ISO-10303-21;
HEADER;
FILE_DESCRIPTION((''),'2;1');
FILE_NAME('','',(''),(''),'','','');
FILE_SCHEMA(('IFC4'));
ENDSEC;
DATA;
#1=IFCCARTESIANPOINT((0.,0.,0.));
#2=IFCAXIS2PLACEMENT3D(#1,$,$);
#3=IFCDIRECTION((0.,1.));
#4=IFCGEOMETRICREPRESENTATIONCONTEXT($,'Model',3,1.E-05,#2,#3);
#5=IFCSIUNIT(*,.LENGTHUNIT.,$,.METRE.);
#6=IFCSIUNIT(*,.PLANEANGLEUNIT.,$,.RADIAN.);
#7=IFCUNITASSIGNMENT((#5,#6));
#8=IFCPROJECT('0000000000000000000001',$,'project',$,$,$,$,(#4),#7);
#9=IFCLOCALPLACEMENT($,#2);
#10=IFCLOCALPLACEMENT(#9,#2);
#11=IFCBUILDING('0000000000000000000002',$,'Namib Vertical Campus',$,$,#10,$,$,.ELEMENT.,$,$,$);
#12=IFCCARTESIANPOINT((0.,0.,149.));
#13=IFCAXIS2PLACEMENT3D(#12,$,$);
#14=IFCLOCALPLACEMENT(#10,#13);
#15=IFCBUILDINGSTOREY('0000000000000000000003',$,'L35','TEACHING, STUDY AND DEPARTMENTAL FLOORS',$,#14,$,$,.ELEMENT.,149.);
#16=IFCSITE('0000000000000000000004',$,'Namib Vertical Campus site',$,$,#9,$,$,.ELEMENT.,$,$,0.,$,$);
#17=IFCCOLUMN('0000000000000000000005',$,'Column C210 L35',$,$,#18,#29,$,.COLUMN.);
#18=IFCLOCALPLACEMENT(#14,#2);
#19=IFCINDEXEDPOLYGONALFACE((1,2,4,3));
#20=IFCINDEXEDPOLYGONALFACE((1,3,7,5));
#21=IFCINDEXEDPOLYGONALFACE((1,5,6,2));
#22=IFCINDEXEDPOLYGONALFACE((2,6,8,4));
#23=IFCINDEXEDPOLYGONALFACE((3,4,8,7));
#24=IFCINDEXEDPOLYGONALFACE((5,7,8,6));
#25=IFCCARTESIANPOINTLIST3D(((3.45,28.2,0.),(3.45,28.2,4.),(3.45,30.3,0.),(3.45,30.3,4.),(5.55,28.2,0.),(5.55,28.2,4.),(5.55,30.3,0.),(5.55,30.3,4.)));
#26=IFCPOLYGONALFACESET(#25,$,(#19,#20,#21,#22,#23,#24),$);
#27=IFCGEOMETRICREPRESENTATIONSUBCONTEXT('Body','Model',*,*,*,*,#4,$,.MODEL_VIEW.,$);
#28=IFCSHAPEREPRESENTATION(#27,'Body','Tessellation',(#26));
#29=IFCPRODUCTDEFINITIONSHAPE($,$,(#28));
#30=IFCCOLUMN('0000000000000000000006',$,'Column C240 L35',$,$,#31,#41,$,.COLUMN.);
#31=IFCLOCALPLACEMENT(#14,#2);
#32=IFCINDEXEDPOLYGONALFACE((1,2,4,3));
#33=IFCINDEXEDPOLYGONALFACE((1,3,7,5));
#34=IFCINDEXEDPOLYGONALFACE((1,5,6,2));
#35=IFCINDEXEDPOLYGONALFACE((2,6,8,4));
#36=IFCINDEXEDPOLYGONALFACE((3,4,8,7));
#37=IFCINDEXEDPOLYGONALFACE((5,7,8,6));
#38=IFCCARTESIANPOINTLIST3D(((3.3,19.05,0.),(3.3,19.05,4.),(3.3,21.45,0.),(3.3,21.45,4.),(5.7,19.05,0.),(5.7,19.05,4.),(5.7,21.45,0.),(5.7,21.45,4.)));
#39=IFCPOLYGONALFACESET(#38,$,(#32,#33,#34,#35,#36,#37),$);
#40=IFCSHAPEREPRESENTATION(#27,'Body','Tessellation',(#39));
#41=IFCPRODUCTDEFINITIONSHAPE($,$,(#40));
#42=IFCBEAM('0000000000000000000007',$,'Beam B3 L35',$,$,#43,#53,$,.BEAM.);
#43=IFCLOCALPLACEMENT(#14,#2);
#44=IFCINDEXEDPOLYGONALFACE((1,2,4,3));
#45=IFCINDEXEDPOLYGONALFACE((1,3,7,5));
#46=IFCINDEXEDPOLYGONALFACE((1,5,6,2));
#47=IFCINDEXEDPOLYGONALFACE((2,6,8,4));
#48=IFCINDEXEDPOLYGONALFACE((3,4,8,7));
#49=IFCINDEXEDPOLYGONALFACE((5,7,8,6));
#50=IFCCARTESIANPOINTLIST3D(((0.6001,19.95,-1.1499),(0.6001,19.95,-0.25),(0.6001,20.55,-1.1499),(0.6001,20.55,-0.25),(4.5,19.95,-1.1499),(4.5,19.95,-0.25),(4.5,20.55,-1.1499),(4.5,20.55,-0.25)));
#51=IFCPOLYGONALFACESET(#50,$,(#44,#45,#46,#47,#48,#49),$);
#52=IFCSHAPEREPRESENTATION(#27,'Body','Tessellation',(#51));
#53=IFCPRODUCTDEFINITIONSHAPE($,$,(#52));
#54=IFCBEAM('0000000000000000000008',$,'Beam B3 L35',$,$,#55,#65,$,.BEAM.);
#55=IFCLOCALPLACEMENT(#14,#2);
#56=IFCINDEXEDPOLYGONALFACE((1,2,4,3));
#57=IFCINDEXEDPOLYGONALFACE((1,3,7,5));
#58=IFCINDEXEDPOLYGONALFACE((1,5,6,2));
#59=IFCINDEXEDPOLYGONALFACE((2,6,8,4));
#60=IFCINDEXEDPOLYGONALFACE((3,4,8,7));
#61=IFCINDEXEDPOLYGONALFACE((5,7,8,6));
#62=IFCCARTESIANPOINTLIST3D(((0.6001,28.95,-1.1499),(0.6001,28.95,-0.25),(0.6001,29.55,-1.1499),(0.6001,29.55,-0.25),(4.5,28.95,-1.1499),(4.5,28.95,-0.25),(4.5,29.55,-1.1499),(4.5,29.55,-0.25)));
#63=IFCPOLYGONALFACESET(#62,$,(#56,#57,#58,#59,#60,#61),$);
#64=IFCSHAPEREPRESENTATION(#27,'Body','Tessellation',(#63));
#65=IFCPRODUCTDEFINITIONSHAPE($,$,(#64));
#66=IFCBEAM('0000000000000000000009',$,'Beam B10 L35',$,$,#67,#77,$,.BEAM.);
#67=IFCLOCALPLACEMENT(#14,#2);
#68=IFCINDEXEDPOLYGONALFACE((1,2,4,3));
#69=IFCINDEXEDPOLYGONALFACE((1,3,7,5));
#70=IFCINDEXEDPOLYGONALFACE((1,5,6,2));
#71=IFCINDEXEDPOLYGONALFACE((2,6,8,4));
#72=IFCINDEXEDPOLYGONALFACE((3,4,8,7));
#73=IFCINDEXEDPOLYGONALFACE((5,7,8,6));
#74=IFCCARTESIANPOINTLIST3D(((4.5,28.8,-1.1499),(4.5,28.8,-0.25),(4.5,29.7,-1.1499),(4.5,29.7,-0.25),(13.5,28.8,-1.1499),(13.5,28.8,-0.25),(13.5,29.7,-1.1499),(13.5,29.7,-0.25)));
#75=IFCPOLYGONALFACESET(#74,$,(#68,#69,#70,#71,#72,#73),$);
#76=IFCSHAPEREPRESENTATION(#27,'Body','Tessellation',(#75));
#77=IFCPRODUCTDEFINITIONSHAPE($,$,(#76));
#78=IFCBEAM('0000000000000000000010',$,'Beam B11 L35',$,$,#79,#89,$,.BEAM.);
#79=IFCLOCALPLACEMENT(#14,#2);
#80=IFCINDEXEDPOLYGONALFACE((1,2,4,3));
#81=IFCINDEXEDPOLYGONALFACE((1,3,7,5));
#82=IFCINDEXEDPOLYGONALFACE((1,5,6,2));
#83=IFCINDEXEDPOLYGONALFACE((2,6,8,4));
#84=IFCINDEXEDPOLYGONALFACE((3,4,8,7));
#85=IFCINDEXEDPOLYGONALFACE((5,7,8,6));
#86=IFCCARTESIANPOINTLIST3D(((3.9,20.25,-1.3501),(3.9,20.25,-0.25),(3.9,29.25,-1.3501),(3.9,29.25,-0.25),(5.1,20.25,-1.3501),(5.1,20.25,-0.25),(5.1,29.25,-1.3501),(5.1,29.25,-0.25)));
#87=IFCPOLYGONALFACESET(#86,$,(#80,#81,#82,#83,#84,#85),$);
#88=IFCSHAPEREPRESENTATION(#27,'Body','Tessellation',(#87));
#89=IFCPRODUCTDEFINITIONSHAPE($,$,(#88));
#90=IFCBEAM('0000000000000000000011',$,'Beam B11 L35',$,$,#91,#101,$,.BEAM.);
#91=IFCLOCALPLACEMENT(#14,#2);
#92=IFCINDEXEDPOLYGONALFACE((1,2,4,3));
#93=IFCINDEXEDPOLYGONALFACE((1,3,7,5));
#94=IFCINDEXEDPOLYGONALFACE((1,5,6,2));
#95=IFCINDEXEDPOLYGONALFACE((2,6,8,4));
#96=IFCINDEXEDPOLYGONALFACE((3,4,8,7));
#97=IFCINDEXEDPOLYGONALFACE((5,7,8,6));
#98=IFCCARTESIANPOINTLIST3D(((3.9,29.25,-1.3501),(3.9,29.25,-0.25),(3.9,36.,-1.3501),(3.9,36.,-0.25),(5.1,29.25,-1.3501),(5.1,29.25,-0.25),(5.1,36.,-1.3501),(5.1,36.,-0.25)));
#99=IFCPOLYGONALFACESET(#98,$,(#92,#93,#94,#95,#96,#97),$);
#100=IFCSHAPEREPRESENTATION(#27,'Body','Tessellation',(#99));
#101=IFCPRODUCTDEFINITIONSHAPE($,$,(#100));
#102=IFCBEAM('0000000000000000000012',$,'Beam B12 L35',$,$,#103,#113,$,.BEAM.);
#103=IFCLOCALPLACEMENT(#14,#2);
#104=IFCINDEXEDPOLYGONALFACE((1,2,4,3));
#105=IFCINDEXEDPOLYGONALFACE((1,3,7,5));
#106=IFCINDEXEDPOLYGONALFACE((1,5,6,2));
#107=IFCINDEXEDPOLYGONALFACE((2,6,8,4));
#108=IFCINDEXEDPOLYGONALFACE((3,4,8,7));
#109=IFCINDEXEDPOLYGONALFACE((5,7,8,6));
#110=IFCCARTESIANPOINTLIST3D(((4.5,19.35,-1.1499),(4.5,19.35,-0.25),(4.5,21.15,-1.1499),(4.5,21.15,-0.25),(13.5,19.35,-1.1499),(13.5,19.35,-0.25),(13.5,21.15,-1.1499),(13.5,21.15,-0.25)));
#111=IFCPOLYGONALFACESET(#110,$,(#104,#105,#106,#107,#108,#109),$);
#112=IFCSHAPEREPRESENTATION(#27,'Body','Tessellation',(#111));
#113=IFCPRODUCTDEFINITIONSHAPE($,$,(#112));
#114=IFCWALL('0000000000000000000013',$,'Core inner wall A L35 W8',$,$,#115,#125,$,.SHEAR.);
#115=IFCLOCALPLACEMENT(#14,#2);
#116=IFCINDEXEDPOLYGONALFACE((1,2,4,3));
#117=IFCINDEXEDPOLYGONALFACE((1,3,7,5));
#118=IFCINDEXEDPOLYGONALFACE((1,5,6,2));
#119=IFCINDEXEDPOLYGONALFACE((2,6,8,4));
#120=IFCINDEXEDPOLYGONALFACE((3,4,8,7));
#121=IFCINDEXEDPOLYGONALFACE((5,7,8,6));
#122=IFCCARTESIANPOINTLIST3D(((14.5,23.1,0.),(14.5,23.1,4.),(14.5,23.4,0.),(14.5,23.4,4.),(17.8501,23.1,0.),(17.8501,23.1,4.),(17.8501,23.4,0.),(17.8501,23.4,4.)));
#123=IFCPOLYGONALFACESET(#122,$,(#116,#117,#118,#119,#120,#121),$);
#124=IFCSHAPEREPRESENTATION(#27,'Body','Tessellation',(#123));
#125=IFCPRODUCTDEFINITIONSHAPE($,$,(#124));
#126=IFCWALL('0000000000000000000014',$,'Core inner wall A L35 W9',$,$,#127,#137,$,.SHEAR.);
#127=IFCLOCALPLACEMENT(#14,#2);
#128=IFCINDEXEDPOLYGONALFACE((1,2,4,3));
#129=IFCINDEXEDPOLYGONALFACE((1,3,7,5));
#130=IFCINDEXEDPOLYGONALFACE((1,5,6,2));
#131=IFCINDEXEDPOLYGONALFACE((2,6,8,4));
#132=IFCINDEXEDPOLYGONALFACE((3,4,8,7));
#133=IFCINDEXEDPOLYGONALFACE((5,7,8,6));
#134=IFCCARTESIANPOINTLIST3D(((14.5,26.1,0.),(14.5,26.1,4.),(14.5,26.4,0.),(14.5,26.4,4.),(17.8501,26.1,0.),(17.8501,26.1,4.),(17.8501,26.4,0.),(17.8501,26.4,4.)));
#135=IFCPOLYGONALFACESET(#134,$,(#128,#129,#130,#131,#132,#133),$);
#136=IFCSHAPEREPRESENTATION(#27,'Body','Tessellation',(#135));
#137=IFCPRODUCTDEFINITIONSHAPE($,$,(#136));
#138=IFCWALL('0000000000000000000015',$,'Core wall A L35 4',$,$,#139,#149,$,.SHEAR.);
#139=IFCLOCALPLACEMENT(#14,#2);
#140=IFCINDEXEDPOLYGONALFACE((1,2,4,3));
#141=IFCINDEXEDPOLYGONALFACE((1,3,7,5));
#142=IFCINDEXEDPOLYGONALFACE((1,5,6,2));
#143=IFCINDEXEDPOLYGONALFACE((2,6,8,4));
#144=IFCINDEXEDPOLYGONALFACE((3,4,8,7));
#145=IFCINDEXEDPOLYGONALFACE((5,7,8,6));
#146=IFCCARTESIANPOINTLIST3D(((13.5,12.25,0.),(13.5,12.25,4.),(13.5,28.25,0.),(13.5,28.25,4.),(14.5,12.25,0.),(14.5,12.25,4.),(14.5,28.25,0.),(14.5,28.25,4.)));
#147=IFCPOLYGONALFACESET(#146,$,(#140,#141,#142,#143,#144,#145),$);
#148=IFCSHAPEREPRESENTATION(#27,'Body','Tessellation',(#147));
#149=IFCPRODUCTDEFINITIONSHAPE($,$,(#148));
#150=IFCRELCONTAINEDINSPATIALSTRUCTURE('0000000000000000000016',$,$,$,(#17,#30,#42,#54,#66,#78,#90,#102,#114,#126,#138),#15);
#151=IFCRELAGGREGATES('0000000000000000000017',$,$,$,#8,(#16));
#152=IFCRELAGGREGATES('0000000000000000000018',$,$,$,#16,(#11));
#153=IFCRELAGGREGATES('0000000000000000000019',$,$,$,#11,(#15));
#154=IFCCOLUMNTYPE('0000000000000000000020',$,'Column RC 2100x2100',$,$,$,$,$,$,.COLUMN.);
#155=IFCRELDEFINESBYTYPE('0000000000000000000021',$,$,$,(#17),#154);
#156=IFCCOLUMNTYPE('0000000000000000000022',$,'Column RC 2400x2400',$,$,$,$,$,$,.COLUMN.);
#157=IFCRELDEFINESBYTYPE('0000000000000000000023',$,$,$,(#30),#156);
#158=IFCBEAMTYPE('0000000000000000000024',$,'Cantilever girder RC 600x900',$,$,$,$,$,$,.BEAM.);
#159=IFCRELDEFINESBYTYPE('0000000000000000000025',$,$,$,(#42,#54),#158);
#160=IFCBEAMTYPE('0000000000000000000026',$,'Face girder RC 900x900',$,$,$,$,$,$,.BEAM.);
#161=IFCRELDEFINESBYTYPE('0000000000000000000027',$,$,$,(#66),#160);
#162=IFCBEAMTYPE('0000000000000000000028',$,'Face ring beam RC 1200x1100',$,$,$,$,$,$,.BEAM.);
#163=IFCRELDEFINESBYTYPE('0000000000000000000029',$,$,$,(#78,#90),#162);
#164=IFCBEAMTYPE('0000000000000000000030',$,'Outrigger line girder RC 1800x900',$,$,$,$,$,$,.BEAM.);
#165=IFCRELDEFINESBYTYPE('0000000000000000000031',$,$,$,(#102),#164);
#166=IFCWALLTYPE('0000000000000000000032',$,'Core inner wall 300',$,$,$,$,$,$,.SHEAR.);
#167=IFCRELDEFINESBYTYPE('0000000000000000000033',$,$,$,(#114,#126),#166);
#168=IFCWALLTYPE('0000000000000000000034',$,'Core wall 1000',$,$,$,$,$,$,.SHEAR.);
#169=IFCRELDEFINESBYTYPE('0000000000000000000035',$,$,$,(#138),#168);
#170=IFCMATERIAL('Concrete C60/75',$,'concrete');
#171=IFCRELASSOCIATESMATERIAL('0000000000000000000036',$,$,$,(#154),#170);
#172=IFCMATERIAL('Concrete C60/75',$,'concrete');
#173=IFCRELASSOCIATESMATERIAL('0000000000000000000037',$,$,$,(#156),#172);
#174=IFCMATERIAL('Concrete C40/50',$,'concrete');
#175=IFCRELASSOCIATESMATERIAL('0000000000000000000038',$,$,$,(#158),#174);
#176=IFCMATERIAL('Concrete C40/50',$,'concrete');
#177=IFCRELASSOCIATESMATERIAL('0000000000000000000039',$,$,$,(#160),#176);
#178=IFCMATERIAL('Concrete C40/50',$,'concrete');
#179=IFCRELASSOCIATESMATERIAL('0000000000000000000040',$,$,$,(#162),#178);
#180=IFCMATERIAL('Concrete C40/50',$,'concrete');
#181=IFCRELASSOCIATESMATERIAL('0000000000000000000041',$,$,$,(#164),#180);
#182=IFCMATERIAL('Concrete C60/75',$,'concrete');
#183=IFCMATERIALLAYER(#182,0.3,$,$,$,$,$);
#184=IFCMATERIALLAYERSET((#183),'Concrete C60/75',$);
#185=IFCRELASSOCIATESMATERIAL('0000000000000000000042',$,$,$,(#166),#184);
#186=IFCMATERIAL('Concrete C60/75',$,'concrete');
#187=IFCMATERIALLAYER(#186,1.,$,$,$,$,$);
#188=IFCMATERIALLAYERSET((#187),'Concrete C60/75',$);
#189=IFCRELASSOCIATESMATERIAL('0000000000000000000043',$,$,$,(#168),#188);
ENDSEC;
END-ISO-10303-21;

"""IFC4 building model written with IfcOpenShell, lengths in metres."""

from ifc_helpers import new_model, si_unit, direction, frame, frame_2d, origin, origin_2d, place, context, subcontext, project, spatial, rectangle, extrude, material, layer, layer_set, material_profile, profile_set, type_object, element, save


model = new_model("IFC4")

# Units and contexts
model_context = context("Model", 3, precision=1e-05, world=origin(), true_north=direction((0.0, 1.0)))
body_context = subcontext(model_context, "Body", "Model", "MODEL_VIEW")
ifc_project = project(units=[si_unit("LENGTHUNIT", "METRE"), si_unit("PLANEANGLEUNIT", "RADIAN")], contexts=[model_context])

# Site, building, storey
site_placement = place(None, origin())
site = spatial("IfcSite", under=ifc_project, at=site_placement, Name="Namib Vertical Campus site", CompositionType="ELEMENT", RefElevation=0.0)
building_placement = place(site_placement, origin())
building = spatial("IfcBuilding", under=site, at=building_placement, Name="Namib Vertical Campus", CompositionType="ELEMENT")
storey_placement = place(building_placement, frame((0.0, 0.0, 149.0)))
storey = spatial("IfcBuildingStorey", under=building, at=storey_placement, Name="L35", Description="TEACHING, STUDY AND DEPARTMENTAL FLOORS", CompositionType="ELEMENT", Elevation=149.0)

# Columns
ifc_material_1 = material(Name="Concrete C60/75", Category="concrete")
ifc_material_profile_1 = material_profile(ifc_material_1, rectangle(XDim=2.1001, YDim=2.1001, at=origin_2d()))
ifc_profile_set_1 = profile_set([ifc_material_profile_1], Name="Concrete C60/75")
column_type_1 = type_object("IfcColumnType", Name="Column RC 2100x2100", PredefinedType="COLUMN", material=ifc_profile_set_1)
column_1_placement = place(storey_placement, frame((4.5, 29.25, 0.0), z_axis=(0.0, 0.0, 1.0), x_axis=(1.0, 0.0, 0.0)))
element("IfcColumn", 1, at=column_1_placement, inside=storey, type_object=column_type_1, Name="Column C210 L35", PredefinedType="COLUMN", context=body_context, shape_type="SweptSolid", body=[
    extrude(rectangle(XDim=2.1001, YDim=2.1001, at=origin_2d()), origin(), (0.0, 0.0, 1.0), 4.0),
])
ifc_material_2 = material(Name="Concrete C60/75", Category="concrete")
ifc_material_profile_2 = material_profile(ifc_material_2, rectangle(XDim=2.3999, YDim=2.3999, at=origin_2d()))
ifc_profile_set_2 = profile_set([ifc_material_profile_2], Name="Concrete C60/75")
column_type_2 = type_object("IfcColumnType", Name="Column RC 2400x2400", PredefinedType="COLUMN", material=ifc_profile_set_2)
column_2_placement = place(storey_placement, frame((4.5, 20.25, 0.0), z_axis=(0.0, 0.0, 1.0), x_axis=(1.0, 0.0, 0.0)))
element("IfcColumn", 2, at=column_2_placement, inside=storey, type_object=column_type_2, Name="Column C240 L35", PredefinedType="COLUMN", context=body_context, shape_type="SweptSolid", body=[
    extrude(rectangle(XDim=2.3999, YDim=2.3999, at=origin_2d()), origin(), (0.0, 0.0, 1.0), 4.0),
])

# Beams
ifc_material_3 = material(Name="Concrete C40/50", Category="concrete")
ifc_material_profile_3 = material_profile(ifc_material_3, rectangle(XDim=0.6001, YDim=0.8999, at=origin_2d()))
ifc_profile_set_3 = profile_set([ifc_material_profile_3], Name="Concrete C40/50")
beam_type_1 = type_object("IfcBeamType", Name="Cantilever girder RC 600x900", PredefinedType="BEAM", material=ifc_profile_set_3)
for number, where, z_axis, x_axis, name in (
    (3, (4.5, 20.25, -0.7), (-1.0, 0.0, 0.0), (0.0, -1.0, 0.0), "Beam B3 L35"),
    (4, (4.5, 29.25, -0.7), (-1.0, 0.0, 0.0), (0.0, -1.0, 0.0), "Beam B3 L35"),
):
    element("IfcBeam", number, at=place(storey_placement, frame(where, z_axis=z_axis, x_axis=x_axis)), inside=storey, type_object=beam_type_1, Name=name, PredefinedType="BEAM", context=body_context, shape_type="SweptSolid", body=[
        extrude(rectangle(XDim=0.6001, YDim=0.8999, at=origin_2d()), origin(), (0.0, 0.0, 1.0), 3.8999),
    ])
ifc_material_4 = material(Name="Concrete C40/50", Category="concrete")
ifc_material_profile_4 = material_profile(ifc_material_4, rectangle(XDim=0.8999, YDim=0.8999, at=origin_2d()))
ifc_profile_set_4 = profile_set([ifc_material_profile_4], Name="Concrete C40/50")
beam_type_2 = type_object("IfcBeamType", Name="Face girder RC 900x900", PredefinedType="BEAM", material=ifc_profile_set_4)
beam_1_placement = place(storey_placement, frame((4.5, 29.25, -0.7), z_axis=(1.0, 0.0, 0.0), x_axis=(0.0, 1.0, 0.0)))
element("IfcBeam", 5, at=beam_1_placement, inside=storey, type_object=beam_type_2, Name="Beam B10 L35", PredefinedType="BEAM", context=body_context, shape_type="SweptSolid", body=[
    extrude(rectangle(XDim=0.8999, YDim=0.8999, at=origin_2d()), origin(), (0.0, 0.0, 1.0), 9.0),
])
ifc_material_5 = material(Name="Concrete C40/50", Category="concrete")
ifc_material_profile_5 = material_profile(ifc_material_5, rectangle(XDim=1.2, YDim=1.1001, at=origin_2d()))
ifc_profile_set_5 = profile_set([ifc_material_profile_5], Name="Concrete C40/50")
beam_type_3 = type_object("IfcBeamType", Name="Face ring beam RC 1200x1100", PredefinedType="BEAM", material=ifc_profile_set_5)
beam_2_placement = place(storey_placement, frame((4.5, 20.25, -0.8), z_axis=(0.0, 1.0, 0.0), x_axis=(-1.0, 0.0, 0.0)))
element("IfcBeam", 6, at=beam_2_placement, inside=storey, type_object=beam_type_3, Name="Beam B11 L35", PredefinedType="BEAM", context=body_context, shape_type="SweptSolid", body=[
    extrude(rectangle(XDim=1.2, YDim=1.1001, at=origin_2d()), origin(), (0.0, 0.0, 1.0), 9.0),
])
beam_3_placement = place(storey_placement, frame((4.5, 29.25, -0.8), z_axis=(0.0, 1.0, 0.0), x_axis=(-1.0, 0.0, 0.0)))
element("IfcBeam", 7, at=beam_3_placement, inside=storey, type_object=beam_type_3, Name="Beam B11 L35", PredefinedType="BEAM", context=body_context, shape_type="SweptSolid", body=[
    extrude(rectangle(XDim=1.2, YDim=1.1001, at=origin_2d()), origin(), (0.0, 0.0, 1.0), 6.75),
])
ifc_material_6 = material(Name="Concrete C40/50", Category="concrete")
ifc_material_profile_6 = material_profile(ifc_material_6, rectangle(XDim=1.8, YDim=0.8999, at=origin_2d()))
ifc_profile_set_6 = profile_set([ifc_material_profile_6], Name="Concrete C40/50")
beam_type_4 = type_object("IfcBeamType", Name="Outrigger line girder RC 1800x900", PredefinedType="BEAM", material=ifc_profile_set_6)
beam_4_placement = place(storey_placement, frame((4.5, 20.25, -0.7), z_axis=(1.0, 0.0, 0.0), x_axis=(0.0, 1.0, 0.0)))
element("IfcBeam", 8, at=beam_4_placement, inside=storey, type_object=beam_type_4, Name="Beam B12 L35", PredefinedType="BEAM", context=body_context, shape_type="SweptSolid", body=[
    extrude(rectangle(XDim=1.8, YDim=0.8999, at=origin_2d()), origin(), (0.0, 0.0, 1.0), 9.0),
])

# Walls
ifc_material_7 = material(Name="Concrete C60/75", Category="concrete")
ifc_layer_1 = layer(ifc_material_7, 0.3)
ifc_layer_set_1 = layer_set([ifc_layer_1], Name="Concrete C60/75")
wall_type_1 = type_object("IfcWallType", Name="Core inner wall 300", PredefinedType="SHEAR", material=ifc_layer_set_1)
for number, where, z_axis, x_axis, name in (
    (9, (14.5, 23.25, 0.0), (0.0, 0.0, 1.0), (1.0, 0.0, 0.0), "Core inner wall A L35 W8"),
    (10, (14.5, 26.25, 0.0), (0.0, 0.0, 1.0), (1.0, 0.0, 0.0), "Core inner wall A L35 W9"),
):
    element("IfcWall", number, at=place(storey_placement, frame(where, z_axis=z_axis, x_axis=x_axis)), inside=storey, type_object=wall_type_1, Name=name, PredefinedType="SHEAR", context=body_context, shape_type="SweptSolid", body=[
        extrude(rectangle(XDim=3.3501, YDim=0.3, at=frame_2d((1.675, 0.0))), origin(), (0.0, 0.0, 1.0), 4.0),
    ])
ifc_material_8 = material(Name="Concrete C60/75", Category="concrete")
ifc_layer_2 = layer(ifc_material_8, 1.0)
ifc_layer_set_2 = layer_set([ifc_layer_2], Name="Concrete C60/75")
wall_type_2 = type_object("IfcWallType", Name="Core wall 1000", PredefinedType="SHEAR", material=ifc_layer_set_2)
wall_1_placement = place(storey_placement, frame((14.0, 28.25, 0.0), z_axis=(0.0, 0.0, 1.0), x_axis=(0.0, -1.0, 0.0)))
element("IfcWall", 11, at=wall_1_placement, inside=storey, type_object=wall_type_2, Name="Core wall A L35 4", PredefinedType="SHEAR", context=body_context, shape_type="SweptSolid", body=[
    extrude(rectangle(XDim=16.0, YDim=1.0, at=frame_2d((8.0, 0.0))), origin(), (0.0, 0.0, 1.0), 4.0),
])

save(model, "model.ifc")
